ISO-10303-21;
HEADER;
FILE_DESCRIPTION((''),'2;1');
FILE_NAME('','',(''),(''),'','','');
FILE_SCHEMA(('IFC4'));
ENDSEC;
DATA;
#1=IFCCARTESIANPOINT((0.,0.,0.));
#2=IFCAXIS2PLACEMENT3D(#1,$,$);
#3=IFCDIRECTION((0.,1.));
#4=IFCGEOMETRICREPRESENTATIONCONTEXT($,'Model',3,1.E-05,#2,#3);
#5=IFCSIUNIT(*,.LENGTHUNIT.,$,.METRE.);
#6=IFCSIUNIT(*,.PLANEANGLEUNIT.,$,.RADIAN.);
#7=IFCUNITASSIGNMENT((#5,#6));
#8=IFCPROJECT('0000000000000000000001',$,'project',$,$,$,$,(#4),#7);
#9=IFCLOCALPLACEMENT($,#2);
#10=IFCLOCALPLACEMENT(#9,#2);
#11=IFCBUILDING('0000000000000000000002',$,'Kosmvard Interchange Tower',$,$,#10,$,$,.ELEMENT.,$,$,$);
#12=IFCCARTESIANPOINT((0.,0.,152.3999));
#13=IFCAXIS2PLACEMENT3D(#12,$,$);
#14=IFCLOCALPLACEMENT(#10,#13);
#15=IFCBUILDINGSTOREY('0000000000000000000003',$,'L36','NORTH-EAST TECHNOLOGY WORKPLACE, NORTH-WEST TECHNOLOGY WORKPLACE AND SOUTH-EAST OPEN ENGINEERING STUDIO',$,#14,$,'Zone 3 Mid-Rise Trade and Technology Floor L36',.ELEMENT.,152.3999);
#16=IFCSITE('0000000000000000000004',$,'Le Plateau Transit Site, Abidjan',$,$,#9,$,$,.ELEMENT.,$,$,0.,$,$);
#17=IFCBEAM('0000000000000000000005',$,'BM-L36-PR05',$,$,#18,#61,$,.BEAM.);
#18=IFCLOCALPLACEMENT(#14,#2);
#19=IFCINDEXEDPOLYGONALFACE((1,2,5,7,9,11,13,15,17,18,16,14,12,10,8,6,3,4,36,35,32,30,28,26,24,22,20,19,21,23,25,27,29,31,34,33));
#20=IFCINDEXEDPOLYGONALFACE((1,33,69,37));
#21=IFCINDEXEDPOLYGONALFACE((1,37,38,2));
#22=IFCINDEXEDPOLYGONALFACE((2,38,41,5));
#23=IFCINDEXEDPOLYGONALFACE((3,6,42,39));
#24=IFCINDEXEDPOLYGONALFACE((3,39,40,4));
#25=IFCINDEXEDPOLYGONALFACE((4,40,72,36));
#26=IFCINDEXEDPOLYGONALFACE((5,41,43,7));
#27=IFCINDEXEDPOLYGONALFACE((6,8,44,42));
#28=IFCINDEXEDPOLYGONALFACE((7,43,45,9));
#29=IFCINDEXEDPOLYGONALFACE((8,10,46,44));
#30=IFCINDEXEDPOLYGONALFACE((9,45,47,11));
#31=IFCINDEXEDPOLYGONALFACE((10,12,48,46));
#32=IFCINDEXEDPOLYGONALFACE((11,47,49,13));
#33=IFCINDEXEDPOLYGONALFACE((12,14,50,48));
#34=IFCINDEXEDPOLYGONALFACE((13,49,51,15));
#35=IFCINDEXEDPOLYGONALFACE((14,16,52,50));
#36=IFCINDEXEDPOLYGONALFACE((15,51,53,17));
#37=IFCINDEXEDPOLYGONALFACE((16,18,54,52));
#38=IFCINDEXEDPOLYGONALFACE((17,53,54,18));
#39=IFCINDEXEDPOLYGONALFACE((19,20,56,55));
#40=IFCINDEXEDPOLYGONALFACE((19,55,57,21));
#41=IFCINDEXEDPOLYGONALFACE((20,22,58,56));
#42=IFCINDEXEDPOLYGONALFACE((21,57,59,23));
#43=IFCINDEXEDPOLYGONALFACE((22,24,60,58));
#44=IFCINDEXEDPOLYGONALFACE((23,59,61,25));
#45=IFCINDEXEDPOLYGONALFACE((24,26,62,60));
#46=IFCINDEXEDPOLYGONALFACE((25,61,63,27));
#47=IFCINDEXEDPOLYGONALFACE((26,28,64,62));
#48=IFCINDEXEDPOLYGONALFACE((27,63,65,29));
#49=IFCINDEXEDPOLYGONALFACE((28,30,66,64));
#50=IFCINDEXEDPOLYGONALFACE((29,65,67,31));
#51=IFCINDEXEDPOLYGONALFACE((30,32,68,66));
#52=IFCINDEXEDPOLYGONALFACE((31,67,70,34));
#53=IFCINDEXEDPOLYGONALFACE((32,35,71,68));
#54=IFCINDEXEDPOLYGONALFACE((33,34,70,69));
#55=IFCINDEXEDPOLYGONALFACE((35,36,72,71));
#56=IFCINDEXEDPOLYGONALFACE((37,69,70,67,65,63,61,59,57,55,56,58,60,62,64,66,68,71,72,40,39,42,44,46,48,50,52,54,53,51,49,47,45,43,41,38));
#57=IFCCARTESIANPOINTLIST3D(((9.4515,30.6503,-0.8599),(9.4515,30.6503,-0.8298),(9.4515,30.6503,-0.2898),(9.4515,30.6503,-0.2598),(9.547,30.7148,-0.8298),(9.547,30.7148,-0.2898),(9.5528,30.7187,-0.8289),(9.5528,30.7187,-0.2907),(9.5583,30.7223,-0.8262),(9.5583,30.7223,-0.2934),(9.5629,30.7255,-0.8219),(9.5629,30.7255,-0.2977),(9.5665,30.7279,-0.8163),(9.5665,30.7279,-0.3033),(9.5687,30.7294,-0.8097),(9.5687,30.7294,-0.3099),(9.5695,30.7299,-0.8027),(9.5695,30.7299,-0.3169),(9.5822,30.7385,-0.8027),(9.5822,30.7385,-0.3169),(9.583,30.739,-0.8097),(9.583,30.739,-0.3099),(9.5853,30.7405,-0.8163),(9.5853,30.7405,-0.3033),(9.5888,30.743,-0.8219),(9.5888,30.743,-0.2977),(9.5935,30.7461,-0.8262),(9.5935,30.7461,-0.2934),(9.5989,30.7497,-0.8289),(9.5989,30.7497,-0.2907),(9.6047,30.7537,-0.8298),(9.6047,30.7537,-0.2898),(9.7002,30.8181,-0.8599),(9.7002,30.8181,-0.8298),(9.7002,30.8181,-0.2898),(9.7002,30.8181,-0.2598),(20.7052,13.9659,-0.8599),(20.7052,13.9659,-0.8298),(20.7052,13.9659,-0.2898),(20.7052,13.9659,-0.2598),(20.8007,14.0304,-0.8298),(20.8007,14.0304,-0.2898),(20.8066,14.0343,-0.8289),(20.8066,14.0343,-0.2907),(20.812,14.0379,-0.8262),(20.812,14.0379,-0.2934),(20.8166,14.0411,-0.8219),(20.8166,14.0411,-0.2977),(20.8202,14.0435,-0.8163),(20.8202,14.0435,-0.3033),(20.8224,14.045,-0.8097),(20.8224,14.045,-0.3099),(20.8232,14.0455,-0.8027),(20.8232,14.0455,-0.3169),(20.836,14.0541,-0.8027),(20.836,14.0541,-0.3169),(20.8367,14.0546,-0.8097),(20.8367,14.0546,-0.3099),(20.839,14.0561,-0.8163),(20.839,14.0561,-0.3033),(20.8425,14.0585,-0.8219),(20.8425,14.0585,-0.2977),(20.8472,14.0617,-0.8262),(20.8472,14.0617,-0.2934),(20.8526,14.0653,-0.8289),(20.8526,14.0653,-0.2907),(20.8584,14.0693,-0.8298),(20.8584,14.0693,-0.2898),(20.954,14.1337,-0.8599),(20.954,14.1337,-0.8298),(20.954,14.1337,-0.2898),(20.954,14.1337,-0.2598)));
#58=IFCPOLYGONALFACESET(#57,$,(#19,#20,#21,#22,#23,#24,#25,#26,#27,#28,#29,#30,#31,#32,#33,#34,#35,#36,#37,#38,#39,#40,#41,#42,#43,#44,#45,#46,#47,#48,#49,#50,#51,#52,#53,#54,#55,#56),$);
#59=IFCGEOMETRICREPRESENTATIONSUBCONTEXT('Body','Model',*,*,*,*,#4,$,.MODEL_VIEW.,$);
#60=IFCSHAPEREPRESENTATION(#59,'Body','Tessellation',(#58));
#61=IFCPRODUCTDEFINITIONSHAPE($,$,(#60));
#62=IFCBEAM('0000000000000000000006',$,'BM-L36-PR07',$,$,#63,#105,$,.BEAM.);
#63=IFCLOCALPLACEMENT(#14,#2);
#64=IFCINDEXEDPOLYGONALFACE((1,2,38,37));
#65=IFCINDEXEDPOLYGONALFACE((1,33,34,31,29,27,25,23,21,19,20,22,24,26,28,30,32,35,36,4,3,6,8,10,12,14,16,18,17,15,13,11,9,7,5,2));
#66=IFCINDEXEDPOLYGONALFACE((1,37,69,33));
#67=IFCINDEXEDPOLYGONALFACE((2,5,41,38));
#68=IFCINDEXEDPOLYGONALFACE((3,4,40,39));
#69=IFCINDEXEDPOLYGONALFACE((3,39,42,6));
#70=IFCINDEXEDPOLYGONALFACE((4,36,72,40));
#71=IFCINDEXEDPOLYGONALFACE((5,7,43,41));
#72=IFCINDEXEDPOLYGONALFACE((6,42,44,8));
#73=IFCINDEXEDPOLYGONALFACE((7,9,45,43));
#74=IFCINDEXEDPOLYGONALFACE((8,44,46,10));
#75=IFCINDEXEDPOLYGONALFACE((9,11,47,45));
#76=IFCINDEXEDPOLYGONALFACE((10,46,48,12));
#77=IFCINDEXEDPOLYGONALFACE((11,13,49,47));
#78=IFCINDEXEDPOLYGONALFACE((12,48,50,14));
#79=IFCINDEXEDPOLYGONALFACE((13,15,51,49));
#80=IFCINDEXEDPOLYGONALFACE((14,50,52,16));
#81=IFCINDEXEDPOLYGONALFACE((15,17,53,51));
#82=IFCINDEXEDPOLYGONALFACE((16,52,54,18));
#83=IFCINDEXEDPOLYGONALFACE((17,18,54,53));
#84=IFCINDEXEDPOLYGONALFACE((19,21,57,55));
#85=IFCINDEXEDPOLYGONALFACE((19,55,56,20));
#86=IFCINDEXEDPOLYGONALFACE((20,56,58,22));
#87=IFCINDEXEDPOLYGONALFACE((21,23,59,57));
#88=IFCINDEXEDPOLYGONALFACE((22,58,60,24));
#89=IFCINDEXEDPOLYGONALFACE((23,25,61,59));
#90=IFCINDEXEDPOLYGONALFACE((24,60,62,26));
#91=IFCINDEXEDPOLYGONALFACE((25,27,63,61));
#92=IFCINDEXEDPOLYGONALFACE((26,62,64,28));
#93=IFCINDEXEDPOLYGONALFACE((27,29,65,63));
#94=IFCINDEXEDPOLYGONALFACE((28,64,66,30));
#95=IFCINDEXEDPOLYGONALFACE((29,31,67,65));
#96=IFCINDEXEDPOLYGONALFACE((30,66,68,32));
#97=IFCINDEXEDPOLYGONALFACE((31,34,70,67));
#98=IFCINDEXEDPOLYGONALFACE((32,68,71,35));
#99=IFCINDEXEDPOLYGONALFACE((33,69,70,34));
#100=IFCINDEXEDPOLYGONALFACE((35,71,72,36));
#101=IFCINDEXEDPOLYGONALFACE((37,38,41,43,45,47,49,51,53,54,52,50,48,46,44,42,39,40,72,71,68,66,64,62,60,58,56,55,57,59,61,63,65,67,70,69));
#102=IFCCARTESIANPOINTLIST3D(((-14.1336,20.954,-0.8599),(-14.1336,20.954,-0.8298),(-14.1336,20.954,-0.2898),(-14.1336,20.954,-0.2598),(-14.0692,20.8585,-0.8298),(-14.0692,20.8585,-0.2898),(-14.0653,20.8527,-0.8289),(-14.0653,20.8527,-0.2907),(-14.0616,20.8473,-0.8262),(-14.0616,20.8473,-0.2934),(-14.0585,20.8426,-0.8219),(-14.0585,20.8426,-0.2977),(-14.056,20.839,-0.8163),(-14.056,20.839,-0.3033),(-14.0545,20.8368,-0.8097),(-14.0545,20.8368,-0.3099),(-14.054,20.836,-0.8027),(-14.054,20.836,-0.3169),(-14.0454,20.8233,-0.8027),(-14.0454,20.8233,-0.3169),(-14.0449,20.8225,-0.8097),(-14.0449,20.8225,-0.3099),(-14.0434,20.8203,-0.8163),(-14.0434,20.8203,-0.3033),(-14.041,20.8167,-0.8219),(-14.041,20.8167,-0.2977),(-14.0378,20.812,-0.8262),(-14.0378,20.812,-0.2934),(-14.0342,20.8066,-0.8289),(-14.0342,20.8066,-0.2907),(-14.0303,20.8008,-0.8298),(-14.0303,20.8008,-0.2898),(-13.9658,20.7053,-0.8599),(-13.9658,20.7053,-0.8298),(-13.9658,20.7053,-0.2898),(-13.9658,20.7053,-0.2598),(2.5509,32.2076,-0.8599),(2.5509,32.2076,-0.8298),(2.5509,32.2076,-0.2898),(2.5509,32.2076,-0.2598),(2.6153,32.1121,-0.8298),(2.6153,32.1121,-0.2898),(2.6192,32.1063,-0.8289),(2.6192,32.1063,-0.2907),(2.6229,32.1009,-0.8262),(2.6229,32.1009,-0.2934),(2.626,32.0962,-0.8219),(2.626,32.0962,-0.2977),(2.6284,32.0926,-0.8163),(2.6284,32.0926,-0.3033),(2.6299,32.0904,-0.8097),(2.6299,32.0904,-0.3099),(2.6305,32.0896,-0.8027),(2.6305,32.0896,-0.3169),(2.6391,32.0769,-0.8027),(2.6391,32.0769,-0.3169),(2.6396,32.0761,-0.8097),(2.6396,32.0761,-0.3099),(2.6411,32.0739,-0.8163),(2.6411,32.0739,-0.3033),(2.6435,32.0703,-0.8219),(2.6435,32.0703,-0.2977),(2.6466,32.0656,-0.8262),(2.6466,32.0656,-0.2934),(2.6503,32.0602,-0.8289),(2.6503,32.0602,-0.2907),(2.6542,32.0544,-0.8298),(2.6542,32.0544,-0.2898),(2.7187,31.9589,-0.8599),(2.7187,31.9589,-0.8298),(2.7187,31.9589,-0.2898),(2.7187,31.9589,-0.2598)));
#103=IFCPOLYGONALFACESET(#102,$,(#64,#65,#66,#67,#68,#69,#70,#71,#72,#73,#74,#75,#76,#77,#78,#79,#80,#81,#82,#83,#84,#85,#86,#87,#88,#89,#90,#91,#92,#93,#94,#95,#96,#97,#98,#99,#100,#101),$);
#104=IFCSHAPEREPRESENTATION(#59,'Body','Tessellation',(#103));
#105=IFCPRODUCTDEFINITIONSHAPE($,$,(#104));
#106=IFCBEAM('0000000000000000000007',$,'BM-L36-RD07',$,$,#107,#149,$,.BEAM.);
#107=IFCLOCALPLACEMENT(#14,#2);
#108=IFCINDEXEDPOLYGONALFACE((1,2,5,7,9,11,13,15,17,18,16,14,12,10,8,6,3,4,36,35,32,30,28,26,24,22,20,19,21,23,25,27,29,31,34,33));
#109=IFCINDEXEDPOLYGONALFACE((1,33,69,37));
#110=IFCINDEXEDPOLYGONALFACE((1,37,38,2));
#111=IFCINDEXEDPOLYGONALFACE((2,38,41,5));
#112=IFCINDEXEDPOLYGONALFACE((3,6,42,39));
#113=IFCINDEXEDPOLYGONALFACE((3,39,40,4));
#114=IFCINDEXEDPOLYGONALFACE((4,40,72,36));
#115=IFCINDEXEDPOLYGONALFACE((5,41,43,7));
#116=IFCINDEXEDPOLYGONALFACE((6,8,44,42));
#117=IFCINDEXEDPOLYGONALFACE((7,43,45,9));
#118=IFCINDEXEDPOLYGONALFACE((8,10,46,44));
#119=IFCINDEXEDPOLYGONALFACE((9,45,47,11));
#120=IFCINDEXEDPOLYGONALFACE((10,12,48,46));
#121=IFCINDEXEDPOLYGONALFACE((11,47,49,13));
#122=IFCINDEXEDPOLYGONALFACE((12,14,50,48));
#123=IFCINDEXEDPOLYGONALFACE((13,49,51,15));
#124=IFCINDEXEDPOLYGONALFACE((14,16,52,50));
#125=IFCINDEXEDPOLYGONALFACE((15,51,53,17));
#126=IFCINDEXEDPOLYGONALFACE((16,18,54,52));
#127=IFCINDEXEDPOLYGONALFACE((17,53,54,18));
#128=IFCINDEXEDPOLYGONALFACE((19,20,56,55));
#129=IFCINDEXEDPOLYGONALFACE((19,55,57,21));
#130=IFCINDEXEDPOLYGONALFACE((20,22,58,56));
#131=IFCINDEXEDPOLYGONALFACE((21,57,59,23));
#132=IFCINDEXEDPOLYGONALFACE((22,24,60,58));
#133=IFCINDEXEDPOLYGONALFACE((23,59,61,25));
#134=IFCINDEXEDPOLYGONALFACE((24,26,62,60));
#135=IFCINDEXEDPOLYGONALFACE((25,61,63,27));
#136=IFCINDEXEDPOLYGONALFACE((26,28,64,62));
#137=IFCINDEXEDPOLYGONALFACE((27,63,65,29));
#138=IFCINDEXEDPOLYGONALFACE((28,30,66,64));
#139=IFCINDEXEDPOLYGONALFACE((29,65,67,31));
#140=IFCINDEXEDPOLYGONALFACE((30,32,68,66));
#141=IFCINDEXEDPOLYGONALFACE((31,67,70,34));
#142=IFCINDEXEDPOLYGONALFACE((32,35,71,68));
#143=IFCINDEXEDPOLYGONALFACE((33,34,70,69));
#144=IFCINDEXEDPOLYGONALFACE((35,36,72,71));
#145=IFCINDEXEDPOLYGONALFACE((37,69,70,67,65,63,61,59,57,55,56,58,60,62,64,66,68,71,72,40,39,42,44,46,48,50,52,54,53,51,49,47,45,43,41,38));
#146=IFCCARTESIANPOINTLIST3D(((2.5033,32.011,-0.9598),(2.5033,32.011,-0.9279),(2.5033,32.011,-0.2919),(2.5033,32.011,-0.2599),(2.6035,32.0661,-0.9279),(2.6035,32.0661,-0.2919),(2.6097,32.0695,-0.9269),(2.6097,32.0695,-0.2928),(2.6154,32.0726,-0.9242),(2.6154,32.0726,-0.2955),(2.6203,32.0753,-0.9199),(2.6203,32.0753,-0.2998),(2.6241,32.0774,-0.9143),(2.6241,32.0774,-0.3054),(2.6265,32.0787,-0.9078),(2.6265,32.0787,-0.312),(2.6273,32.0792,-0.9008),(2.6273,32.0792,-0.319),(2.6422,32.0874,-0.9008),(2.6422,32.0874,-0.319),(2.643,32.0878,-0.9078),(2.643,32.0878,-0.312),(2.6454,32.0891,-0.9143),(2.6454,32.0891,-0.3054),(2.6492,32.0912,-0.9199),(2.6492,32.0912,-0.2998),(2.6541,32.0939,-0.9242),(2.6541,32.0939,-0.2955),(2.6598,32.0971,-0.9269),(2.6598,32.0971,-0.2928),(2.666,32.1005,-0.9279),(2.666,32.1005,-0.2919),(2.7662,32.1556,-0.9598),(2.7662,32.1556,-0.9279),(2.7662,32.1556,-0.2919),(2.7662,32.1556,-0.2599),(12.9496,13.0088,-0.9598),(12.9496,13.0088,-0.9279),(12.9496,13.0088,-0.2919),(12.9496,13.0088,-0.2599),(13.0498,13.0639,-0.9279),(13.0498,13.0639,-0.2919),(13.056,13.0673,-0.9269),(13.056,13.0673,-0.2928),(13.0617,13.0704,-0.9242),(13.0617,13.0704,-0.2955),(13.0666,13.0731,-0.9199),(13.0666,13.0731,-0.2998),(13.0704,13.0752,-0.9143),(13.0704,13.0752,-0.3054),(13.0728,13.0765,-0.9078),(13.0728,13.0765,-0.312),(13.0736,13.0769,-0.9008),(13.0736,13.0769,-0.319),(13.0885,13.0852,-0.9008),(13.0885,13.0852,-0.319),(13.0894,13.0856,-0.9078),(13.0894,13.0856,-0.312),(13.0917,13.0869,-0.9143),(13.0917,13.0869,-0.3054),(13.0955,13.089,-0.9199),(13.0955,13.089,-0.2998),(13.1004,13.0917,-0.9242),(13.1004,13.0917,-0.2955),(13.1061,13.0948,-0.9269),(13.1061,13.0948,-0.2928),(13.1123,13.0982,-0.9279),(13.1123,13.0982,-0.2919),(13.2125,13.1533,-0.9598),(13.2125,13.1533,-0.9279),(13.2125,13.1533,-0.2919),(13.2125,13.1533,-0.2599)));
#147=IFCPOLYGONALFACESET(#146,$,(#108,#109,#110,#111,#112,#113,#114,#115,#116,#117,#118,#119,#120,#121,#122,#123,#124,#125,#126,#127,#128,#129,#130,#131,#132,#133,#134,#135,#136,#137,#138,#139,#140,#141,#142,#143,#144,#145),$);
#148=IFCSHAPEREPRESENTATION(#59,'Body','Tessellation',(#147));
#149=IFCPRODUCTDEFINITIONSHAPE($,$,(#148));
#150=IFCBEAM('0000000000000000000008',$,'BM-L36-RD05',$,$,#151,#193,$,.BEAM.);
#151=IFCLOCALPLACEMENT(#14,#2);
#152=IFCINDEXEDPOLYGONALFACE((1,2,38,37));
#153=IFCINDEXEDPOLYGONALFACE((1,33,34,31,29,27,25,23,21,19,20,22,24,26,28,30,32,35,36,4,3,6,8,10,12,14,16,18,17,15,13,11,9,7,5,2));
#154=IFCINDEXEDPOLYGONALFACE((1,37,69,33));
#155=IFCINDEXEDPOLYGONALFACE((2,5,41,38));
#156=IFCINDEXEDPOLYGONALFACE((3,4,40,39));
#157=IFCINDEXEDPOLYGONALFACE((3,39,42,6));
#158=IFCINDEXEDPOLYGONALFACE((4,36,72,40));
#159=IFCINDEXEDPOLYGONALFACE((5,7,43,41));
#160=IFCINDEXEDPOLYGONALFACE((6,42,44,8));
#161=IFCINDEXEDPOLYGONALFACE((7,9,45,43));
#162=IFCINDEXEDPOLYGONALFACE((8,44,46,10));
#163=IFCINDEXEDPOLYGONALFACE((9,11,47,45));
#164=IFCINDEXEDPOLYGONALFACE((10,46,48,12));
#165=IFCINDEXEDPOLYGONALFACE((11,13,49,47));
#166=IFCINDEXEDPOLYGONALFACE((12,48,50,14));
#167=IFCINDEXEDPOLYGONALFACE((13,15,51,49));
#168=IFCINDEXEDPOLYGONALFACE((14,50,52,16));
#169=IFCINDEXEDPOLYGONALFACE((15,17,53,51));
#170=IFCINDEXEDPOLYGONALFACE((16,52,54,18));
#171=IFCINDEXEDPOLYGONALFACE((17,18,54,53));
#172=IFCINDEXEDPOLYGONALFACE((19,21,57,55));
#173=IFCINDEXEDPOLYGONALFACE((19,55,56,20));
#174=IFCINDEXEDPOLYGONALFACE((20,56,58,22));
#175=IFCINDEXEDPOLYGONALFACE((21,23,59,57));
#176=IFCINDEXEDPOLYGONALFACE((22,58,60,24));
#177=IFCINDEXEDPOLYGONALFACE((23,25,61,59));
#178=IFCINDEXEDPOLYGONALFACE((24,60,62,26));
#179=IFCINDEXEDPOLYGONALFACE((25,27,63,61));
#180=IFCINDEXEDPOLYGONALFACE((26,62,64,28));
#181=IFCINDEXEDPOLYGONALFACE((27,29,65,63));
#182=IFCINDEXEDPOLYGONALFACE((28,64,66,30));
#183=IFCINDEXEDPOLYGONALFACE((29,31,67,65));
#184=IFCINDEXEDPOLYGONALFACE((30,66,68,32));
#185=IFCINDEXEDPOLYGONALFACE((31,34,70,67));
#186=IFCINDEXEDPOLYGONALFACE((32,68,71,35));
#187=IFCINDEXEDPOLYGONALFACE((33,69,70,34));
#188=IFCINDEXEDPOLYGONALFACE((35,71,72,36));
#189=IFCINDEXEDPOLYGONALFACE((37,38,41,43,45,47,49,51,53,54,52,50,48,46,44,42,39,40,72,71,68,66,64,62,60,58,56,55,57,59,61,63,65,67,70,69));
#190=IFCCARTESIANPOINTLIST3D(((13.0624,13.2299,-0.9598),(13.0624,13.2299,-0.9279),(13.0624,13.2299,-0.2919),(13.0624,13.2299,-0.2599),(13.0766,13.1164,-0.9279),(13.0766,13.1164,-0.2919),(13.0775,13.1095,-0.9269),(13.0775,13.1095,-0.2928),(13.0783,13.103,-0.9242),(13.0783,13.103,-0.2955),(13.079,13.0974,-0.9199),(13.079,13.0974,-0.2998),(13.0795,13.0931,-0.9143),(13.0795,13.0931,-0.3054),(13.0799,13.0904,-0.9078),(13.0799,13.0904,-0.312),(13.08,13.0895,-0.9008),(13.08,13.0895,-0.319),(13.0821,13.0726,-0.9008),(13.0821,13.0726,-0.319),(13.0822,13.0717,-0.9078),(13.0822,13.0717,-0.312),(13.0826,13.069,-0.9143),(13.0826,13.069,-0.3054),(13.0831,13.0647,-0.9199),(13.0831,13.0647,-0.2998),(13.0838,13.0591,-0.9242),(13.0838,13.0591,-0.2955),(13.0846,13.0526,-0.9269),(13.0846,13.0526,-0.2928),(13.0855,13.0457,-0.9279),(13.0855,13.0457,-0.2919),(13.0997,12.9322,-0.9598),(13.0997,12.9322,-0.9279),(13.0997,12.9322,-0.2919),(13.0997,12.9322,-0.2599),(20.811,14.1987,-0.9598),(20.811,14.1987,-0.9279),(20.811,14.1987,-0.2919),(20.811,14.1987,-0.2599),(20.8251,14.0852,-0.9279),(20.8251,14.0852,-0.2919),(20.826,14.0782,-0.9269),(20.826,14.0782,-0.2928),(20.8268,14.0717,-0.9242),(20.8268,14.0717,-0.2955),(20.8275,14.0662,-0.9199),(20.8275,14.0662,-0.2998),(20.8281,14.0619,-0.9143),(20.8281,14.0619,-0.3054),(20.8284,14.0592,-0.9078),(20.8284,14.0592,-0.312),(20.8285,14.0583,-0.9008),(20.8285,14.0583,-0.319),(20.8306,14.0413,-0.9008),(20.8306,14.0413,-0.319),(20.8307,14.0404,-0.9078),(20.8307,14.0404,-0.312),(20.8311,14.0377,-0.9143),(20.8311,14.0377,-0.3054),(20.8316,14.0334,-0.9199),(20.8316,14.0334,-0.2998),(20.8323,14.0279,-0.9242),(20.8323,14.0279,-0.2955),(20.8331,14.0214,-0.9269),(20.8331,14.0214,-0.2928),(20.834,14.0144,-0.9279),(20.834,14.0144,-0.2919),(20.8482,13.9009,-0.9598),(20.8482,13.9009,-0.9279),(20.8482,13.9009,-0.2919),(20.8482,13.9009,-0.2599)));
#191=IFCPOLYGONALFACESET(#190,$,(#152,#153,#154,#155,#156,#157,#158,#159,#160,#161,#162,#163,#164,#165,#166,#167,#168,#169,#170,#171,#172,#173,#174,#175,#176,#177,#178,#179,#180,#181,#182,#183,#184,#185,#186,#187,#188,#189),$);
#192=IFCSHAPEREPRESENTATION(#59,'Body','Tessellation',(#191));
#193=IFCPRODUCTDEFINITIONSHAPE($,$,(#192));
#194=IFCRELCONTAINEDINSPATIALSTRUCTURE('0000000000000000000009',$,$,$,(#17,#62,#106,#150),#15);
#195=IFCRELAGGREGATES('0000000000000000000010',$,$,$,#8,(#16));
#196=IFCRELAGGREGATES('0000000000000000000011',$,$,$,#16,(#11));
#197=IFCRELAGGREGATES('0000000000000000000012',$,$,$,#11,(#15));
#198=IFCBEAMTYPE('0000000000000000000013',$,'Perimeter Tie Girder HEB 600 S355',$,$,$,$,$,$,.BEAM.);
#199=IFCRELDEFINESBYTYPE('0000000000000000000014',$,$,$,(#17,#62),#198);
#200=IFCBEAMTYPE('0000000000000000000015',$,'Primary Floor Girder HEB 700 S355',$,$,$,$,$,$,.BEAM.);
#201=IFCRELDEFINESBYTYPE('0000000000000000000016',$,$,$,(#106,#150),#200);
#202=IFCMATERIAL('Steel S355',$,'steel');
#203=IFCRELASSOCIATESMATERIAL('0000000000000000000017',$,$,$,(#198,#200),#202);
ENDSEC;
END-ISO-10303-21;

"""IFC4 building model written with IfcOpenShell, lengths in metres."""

from ifc_helpers import new_model, si_unit, direction, frame, origin, origin_2d, place, context, subcontext, project, spatial, i_section, extrude, source, transform, mapped, material, material_profile, profile_set, type_object, element, save


model = new_model("IFC4")

# Units and contexts
model_context = context("Model", 3, precision=1e-05, world=origin(), true_north=direction((0.0, 1.0)))
body_context = subcontext(model_context, "Body", "Model", "MODEL_VIEW")
ifc_project = project(units=[si_unit("LENGTHUNIT", "METRE"), si_unit("PLANEANGLEUNIT", "RADIAN")], contexts=[model_context])

# Site, building, storey
site_placement = place(None, origin())
site = spatial("IfcSite", under=ifc_project, at=site_placement, Name="Le Plateau Transit Site, Abidjan", CompositionType="ELEMENT", RefElevation=0.0)
building_placement = place(site_placement, origin())
building = spatial("IfcBuilding", under=site, at=building_placement, Name="Kosmvard Interchange Tower", CompositionType="ELEMENT")
storey_placement = place(building_placement, frame((0.0, 0.0, 152.3999)))
storey = spatial("IfcBuildingStorey", under=building, at=storey_placement, Name="L36", Description="NORTH-EAST TECHNOLOGY WORKPLACE, NORTH-WEST TECHNOLOGY WORKPLACE AND SOUTH-EAST OPEN ENGINEERING STUDIO", LongName="Zone 3 Mid-Rise Trade and Technology Floor L36", CompositionType="ELEMENT", Elevation=152.3999)

# Beams
ifc_material_1 = material(Name="Steel S355", Category="steel")
ifc_material_profile_1 = material_profile(ifc_material_1, i_section(OverallWidth=0.3, OverallDepth=0.6001, WebThickness=0.0154, FlangeThickness=0.03, FilletRadius=0.0271, at=origin_2d()), Name="HEB 600")
ifc_profile_set_1 = profile_set([ifc_material_profile_1], Name="Steel S355")
beam_type_1 = type_object("IfcBeamType", Name="Perimeter Tie Girder HEB 600 S355", PredefinedType="BEAM", material=ifc_profile_set_1)
shared_shape_1 = source(origin(), body_context, "Body", "SweptSolid", [
    extrude(i_section(OverallWidth=0.3, OverallDepth=0.6001, WebThickness=0.0154, FlangeThickness=0.03, FilletRadius=0.0271, at=origin_2d()), origin(), (0.0, 0.0, 1.0), 20.125),
])
for number, where, z_axis, x_axis, name in (
    (1, (20.8296, 14.0498, -0.5598), (-0.559191, 0.829039, 0.0), (-0.829039, -0.559191, 0.0), "BM-L36-PR05"),
    (2, (2.6348, 32.0833, -0.5598), (-0.829043, -0.559185, 0.0), (0.559185, -0.829043, 0.0), "BM-L36-PR07"),
):
    element("IfcBeam", number, at=place(storey_placement, frame(where, z_axis=z_axis, x_axis=x_axis)), inside=storey, type_object=beam_type_1, Name=name, PredefinedType="BEAM", context=body_context, shape_type="MappedRepresentation", body=[
        mapped(shared_shape_1, transform((0.0, 0.0, 0.0), scale=1.0)),
    ])
ifc_material_profile_2 = material_profile(ifc_material_1, i_section(OverallWidth=0.3, OverallDepth=0.7, WebThickness=0.0171, FlangeThickness=0.032, FilletRadius=0.0271, at=origin_2d()), Name="HEB 700")
ifc_profile_set_2 = profile_set([ifc_material_profile_2], Name="Steel S355")
beam_type_2 = type_object("IfcBeamType", Name="Primary Floor Girder HEB 700 S355", PredefinedType="BEAM", material=ifc_profile_set_2)
shared_shape_2 = source(origin(), body_context, "Body", "SweptSolid", [
    extrude(i_section(OverallWidth=0.3, OverallDepth=0.7, WebThickness=0.0171, FlangeThickness=0.032, FilletRadius=0.0271, at=origin_2d()), origin(), (0.0, 0.0, 1.0), 21.6843),
])
beam_1_placement = place(storey_placement, frame((13.0811, 13.0811, -0.6099), z_axis=(-0.481745, 0.876312, 0.0), x_axis=(-0.876312, -0.481745, 0.0)))
element("IfcBeam", 3, at=beam_1_placement, inside=storey, type_object=beam_type_2, Name="BM-L36-RD07", PredefinedType="BEAM", context=body_context, shape_type="MappedRepresentation", body=[
    mapped(shared_shape_2, transform((0.0, 0.0, 0.0), scale=1.0)),
])
shared_shape_3 = source(origin(), body_context, "Body", "SweptSolid", [
    extrude(i_section(OverallWidth=0.3, OverallDepth=0.7, WebThickness=0.0171, FlangeThickness=0.032, FilletRadius=0.0271, at=origin_2d()), origin(), (0.0, 0.0, 1.0), 7.8088),
])
beam_2_placement = place(storey_placement, frame((13.0811, 13.0811, -0.6099), z_axis=(0.992275, 0.124058, 0.0), x_axis=(-0.124058, 0.992275, 0.0)))
element("IfcBeam", 4, at=beam_2_placement, inside=storey, type_object=beam_type_2, Name="BM-L36-RD05", PredefinedType="BEAM", context=body_context, shape_type="MappedRepresentation", body=[
    mapped(shared_shape_3, transform((0.0, 0.0, 0.0), scale=1.0)),
])

save(model, "model.ifc")
